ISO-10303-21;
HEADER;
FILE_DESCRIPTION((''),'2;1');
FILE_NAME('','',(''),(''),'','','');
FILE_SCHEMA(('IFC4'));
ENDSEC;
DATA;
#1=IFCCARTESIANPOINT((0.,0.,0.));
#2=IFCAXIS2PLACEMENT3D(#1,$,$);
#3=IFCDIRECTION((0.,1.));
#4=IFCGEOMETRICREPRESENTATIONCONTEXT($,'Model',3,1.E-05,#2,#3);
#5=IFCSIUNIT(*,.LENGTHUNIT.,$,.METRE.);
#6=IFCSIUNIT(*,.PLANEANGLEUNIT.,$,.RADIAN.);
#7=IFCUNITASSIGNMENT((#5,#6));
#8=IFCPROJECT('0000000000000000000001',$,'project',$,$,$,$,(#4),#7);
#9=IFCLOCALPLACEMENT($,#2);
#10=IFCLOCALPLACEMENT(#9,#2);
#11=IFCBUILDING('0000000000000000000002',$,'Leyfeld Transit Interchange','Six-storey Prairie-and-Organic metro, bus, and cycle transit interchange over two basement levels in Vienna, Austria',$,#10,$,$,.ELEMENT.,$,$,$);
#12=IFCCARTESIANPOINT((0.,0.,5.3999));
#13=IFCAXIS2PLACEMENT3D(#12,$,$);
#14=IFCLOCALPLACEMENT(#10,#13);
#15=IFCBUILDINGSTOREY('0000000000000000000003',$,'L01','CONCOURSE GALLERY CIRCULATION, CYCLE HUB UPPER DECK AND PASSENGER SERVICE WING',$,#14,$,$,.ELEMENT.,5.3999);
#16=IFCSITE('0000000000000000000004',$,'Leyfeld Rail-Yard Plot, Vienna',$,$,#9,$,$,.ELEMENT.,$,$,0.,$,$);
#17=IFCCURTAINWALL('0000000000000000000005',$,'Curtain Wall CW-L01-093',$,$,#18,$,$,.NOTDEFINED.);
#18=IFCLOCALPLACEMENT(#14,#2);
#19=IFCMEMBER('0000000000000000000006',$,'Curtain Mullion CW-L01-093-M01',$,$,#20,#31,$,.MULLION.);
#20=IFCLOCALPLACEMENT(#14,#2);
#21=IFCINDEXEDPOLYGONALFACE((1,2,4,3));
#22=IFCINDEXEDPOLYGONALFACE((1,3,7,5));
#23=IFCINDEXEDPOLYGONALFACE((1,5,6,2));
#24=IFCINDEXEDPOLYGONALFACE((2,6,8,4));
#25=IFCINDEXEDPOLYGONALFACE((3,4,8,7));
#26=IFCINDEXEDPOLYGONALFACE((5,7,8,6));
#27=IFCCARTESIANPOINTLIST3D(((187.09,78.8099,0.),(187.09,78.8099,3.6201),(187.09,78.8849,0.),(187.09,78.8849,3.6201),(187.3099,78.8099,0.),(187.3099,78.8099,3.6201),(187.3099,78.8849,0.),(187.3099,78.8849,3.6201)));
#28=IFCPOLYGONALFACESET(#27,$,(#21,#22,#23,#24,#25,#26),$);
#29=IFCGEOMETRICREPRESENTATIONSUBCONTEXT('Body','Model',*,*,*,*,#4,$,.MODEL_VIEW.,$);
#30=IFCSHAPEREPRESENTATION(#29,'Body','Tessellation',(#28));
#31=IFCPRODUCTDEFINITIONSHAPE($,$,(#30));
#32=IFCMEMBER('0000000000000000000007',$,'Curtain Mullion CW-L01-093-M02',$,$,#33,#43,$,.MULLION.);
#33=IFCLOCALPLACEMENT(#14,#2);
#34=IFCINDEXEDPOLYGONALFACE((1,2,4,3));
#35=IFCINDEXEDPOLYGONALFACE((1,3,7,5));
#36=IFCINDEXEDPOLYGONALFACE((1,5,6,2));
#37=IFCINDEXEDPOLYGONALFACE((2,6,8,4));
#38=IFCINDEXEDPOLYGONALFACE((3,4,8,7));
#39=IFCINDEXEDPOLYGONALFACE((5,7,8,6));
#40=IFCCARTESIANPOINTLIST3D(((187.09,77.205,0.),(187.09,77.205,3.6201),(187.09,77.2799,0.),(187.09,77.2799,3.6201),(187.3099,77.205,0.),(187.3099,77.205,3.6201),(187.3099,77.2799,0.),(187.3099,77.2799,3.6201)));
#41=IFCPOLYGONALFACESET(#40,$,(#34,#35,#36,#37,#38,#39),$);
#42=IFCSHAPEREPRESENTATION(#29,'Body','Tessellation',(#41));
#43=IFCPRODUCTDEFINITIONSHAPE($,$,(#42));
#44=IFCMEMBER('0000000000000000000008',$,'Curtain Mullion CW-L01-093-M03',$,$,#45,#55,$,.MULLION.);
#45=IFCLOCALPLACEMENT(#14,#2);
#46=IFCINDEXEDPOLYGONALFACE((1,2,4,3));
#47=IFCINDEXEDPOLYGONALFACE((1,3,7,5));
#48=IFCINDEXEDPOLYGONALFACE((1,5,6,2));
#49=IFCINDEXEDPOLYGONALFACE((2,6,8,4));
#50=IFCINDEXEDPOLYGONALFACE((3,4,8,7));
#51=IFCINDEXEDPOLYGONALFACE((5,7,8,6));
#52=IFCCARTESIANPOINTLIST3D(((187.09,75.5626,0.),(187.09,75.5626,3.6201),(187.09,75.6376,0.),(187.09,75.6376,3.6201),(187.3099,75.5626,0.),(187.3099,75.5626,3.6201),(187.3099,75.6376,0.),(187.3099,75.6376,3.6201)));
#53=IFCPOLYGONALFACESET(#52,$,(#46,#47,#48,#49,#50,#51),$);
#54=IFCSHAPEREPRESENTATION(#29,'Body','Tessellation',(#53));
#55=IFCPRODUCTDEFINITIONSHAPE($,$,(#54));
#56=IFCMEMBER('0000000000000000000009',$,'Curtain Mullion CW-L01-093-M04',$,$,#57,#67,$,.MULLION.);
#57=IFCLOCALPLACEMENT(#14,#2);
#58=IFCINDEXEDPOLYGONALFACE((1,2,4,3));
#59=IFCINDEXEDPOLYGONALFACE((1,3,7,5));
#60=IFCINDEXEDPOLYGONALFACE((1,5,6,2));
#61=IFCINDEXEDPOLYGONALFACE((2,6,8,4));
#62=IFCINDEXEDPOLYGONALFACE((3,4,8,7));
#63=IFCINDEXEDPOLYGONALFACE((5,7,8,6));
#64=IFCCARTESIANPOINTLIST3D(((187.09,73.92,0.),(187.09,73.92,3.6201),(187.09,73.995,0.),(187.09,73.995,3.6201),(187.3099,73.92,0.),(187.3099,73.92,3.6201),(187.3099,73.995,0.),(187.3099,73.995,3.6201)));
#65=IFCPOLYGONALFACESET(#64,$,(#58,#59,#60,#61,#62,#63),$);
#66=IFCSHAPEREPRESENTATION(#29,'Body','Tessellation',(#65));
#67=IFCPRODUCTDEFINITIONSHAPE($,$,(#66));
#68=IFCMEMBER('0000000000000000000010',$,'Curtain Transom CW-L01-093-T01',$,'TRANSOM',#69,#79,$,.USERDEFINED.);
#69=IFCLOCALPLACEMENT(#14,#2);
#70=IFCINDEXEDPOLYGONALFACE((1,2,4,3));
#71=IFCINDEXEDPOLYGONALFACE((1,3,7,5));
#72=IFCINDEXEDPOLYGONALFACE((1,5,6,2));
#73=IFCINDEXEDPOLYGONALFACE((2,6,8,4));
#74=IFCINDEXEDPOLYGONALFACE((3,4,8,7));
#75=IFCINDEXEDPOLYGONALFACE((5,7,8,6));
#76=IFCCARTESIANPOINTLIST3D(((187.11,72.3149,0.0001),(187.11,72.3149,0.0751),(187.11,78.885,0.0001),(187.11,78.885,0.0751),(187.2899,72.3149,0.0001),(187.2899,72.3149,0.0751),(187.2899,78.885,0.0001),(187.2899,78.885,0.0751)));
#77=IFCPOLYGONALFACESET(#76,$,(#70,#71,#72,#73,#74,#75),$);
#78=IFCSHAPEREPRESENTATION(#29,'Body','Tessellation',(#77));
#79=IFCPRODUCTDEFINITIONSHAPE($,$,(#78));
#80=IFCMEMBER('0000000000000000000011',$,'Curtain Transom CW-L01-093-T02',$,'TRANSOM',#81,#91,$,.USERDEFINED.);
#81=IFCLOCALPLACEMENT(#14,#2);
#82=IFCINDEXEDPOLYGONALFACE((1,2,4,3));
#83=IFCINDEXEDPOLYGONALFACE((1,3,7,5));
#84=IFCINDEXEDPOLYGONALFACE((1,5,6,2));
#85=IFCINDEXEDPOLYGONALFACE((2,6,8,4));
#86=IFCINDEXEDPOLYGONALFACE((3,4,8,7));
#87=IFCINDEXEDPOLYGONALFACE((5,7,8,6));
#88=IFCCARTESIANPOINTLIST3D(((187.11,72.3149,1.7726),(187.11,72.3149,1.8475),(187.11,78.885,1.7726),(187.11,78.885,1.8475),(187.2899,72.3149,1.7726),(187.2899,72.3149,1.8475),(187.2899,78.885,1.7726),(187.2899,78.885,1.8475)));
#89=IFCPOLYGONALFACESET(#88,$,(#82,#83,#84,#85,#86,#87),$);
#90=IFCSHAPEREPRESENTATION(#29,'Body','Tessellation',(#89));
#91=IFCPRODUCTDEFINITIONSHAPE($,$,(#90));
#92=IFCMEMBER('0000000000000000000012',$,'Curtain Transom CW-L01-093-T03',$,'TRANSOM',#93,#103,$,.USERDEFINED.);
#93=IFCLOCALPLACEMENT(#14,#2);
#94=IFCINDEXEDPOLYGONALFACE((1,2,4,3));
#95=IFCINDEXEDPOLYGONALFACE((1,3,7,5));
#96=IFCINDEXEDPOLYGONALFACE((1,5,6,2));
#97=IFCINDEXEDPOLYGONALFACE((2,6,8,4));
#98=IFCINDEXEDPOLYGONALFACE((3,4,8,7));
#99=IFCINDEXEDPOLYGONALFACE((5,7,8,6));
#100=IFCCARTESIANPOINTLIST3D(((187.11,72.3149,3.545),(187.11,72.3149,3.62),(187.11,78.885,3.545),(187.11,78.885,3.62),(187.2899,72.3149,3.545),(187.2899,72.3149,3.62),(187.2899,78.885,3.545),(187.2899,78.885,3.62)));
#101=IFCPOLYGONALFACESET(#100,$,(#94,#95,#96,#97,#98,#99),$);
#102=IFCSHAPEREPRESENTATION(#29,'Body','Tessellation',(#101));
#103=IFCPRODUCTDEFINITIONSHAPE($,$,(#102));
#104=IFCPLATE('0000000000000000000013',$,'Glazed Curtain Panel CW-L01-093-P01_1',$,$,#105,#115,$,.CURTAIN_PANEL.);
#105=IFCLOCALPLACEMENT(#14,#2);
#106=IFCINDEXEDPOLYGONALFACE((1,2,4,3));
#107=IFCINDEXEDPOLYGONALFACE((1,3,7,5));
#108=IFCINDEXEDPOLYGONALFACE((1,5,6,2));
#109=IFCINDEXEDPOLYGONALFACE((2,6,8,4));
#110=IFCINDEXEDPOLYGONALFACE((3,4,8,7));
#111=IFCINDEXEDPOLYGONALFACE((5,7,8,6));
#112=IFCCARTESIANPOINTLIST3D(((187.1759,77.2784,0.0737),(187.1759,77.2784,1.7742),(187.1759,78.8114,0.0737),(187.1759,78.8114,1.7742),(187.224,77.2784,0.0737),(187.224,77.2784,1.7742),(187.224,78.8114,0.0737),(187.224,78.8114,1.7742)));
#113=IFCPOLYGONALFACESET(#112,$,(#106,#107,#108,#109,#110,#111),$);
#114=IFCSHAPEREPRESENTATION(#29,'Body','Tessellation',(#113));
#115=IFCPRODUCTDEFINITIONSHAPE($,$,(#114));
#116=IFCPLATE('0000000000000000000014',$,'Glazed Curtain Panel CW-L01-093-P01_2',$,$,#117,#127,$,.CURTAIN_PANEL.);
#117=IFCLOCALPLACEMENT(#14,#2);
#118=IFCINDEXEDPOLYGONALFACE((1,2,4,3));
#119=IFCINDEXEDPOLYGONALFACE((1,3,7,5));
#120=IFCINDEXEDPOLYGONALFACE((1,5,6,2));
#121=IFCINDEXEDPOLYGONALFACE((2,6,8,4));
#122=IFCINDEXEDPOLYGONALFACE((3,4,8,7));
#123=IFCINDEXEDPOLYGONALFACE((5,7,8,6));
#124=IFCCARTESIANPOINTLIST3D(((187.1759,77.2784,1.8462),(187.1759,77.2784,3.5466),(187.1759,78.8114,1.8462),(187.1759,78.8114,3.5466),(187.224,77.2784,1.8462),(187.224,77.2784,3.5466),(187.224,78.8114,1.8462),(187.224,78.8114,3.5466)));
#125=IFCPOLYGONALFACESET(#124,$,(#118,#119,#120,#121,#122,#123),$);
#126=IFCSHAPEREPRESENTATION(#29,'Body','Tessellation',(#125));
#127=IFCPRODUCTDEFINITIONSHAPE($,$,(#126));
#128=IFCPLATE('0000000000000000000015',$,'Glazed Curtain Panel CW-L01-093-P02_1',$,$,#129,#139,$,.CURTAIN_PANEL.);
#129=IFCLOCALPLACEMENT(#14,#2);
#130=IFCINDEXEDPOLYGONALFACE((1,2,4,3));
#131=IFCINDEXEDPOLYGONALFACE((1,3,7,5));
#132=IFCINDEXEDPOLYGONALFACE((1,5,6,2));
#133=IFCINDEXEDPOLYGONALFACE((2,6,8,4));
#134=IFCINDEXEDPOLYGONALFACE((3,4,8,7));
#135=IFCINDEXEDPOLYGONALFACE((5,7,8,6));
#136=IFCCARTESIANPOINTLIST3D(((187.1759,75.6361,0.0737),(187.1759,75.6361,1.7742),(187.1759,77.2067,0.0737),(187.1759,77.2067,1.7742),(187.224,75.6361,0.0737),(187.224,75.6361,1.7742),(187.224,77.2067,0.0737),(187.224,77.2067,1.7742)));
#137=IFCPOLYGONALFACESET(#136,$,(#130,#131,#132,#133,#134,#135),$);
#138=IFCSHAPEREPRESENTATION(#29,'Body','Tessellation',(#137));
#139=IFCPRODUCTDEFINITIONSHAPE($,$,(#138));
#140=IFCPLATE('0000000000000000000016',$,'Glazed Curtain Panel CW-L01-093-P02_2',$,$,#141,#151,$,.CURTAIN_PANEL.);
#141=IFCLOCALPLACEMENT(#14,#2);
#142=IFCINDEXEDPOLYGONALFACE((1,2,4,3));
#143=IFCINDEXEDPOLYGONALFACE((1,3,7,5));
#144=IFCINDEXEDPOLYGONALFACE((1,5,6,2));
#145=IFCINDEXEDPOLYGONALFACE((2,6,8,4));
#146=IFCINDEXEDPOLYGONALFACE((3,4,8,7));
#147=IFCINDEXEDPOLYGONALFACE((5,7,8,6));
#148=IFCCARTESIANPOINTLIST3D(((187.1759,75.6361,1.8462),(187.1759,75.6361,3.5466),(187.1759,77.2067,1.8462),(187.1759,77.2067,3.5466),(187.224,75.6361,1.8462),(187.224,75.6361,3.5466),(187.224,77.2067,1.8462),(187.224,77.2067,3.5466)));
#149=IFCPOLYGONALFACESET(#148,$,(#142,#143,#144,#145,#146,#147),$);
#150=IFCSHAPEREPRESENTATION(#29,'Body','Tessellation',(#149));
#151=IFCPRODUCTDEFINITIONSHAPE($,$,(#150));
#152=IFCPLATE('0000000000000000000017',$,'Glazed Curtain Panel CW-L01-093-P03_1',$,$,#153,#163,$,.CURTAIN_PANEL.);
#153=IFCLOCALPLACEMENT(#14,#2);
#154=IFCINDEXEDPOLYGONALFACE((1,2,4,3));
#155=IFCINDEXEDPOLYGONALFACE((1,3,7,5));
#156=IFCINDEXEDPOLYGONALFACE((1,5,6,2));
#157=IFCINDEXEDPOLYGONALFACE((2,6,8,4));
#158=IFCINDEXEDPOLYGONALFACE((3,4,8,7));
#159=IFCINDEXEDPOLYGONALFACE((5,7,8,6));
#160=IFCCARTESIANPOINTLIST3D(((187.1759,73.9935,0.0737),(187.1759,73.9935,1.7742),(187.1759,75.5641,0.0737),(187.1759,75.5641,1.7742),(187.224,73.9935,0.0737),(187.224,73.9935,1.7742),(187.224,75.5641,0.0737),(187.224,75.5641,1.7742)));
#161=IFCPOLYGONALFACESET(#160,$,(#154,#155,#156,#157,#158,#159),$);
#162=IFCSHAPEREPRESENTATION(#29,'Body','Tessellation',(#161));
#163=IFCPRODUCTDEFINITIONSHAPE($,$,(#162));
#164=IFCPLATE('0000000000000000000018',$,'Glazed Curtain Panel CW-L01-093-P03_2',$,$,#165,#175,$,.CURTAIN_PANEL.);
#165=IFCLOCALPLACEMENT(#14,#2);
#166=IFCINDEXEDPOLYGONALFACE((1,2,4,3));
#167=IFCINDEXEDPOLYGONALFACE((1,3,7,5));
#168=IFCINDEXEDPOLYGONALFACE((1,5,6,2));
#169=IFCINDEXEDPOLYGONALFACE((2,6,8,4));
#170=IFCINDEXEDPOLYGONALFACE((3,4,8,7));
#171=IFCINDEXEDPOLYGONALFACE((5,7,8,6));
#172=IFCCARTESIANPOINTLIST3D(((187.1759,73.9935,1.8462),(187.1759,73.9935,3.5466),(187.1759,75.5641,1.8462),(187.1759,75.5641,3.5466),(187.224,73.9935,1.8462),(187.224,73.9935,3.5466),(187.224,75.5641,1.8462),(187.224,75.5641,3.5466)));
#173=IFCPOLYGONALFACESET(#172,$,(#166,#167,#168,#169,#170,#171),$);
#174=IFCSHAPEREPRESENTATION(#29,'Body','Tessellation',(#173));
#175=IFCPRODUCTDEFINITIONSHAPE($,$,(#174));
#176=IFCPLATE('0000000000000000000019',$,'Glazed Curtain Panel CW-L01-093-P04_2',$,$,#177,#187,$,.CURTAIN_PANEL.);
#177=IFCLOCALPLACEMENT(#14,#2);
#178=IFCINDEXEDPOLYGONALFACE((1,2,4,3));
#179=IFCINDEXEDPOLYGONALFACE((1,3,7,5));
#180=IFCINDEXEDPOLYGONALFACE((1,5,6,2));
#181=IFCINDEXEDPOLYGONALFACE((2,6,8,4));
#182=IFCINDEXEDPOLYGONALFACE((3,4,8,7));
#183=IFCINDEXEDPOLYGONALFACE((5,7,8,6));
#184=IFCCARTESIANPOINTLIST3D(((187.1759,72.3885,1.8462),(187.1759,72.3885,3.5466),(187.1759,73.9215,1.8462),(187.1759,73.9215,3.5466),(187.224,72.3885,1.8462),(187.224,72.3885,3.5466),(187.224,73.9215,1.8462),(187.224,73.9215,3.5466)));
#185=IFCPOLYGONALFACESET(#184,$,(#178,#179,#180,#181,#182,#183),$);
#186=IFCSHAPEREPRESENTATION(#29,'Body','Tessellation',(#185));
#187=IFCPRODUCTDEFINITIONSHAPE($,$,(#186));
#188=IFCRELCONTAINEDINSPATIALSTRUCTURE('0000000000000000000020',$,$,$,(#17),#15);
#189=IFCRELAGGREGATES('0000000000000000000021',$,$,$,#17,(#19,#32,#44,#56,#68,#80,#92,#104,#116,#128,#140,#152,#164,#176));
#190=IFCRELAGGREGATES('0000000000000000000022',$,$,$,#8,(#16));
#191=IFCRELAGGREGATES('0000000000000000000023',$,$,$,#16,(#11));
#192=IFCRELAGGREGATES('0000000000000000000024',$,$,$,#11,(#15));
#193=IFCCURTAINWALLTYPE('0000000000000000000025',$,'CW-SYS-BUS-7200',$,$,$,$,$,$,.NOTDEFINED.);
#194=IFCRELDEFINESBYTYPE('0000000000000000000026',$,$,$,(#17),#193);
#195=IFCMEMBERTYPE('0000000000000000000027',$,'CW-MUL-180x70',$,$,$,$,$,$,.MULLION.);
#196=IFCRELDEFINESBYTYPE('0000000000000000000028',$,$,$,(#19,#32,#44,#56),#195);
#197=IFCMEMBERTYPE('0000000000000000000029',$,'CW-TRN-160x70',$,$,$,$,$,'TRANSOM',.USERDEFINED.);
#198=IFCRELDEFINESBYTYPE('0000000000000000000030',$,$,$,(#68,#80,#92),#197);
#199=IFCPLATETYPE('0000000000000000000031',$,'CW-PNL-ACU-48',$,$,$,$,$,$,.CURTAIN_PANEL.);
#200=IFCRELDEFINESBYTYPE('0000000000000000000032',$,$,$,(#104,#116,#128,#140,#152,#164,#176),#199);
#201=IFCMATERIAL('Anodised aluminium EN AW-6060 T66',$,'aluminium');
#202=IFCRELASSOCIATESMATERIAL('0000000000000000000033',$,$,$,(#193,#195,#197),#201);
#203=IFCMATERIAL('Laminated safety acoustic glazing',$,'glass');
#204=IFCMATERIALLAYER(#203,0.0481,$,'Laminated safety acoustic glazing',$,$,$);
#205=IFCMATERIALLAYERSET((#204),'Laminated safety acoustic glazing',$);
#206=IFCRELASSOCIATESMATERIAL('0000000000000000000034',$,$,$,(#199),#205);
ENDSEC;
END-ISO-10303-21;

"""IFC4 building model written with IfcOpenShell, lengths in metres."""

from ifc_helpers import new_model, si_unit, direction, frame, origin, origin_2d, place, context, subcontext, project, spatial, rectangle, extrude, material, layer, layer_set, material_profile, profile_set, type_object, element, aggregate, save


model = new_model("IFC4")

# Units and contexts
model_context = context("Model", 3, precision=1e-05, world=origin(), true_north=direction((0.0, 1.0)))
body_context = subcontext(model_context, "Body", "Model", "MODEL_VIEW")
ifc_project = project(units=[si_unit("LENGTHUNIT", "METRE"), si_unit("PLANEANGLEUNIT", "RADIAN")], contexts=[model_context])

# Site, building, storey
site_placement = place(None, origin())
site = spatial("IfcSite", under=ifc_project, at=site_placement, Name="Leyfeld Rail-Yard Plot, Vienna", CompositionType="ELEMENT", RefElevation=0.0)
building_placement = place(site_placement, origin())
building = spatial("IfcBuilding", under=site, at=building_placement, Name="Leyfeld Transit Interchange", Description="Six-storey Prairie-and-Organic metro, bus, and cycle transit interchange over two basement levels in Vienna, Austria", CompositionType="ELEMENT")
storey_placement = place(building_placement, frame((0.0, 0.0, 5.3999)))
storey = spatial("IfcBuildingStorey", under=building, at=storey_placement, Name="L01", Description="CONCOURSE GALLERY CIRCULATION, CYCLE HUB UPPER DECK AND PASSENGER SERVICE WING", CompositionType="ELEMENT", Elevation=5.3999)

# Curtain wall, members, plates
ifc_material_1 = material(Name="Anodised aluminium EN AW-6060 T66", Category="aluminium")
curtain_wall_type = type_object("IfcCurtainWallType", Name="CW-SYS-BUS-7200", PredefinedType="NOTDEFINED", material=ifc_material_1)
curtain_wall_placement = place(storey_placement, origin())
curtain_wall = element("IfcCurtainWall", 1, at=curtain_wall_placement, inside=storey, type_object=curtain_wall_type, Name="Curtain Wall CW-L01-093", PredefinedType="NOTDEFINED")
ifc_material_profile_1 = material_profile(ifc_material_1, rectangle(XDim=0.075, YDim=0.22, at=origin_2d()), Name="CW-M 75x220")
ifc_profile_set_1 = profile_set([ifc_material_profile_1], Name="Anodised aluminium EN AW-6060 T66")
member_type_1 = type_object("IfcMemberType", Name="CW-MUL-180x70", PredefinedType="MULLION", material=ifc_profile_set_1)
member_1_placement = place(storey_placement, frame((187.2, 78.8474, 0.0), z_axis=(0.0, 0.0, 1.0), x_axis=(0.0, -1.0, 0.0)))
member_1 = element("IfcMember", 2, at=member_1_placement, type_object=member_type_1, Name="Curtain Mullion CW-L01-093-M01", PredefinedType="MULLION", context=body_context, shape_type="SweptSolid", body=[
    extrude(rectangle(XDim=0.075, YDim=0.22, at=origin_2d()), origin(), (0.0, 0.0, 1.0), 3.6201),
])
member_2_placement = place(storey_placement, frame((187.2, 77.2424, 0.0), z_axis=(0.0, 0.0, 1.0), x_axis=(0.0, -1.0, 0.0)))
member_2 = element("IfcMember", 3, at=member_2_placement, type_object=member_type_1, Name="Curtain Mullion CW-L01-093-M02", PredefinedType="MULLION", context=body_context, shape_type="SweptSolid", body=[
    extrude(rectangle(XDim=0.075, YDim=0.22, at=origin_2d()), origin(), (0.0, 0.0, 1.0), 3.6201),
])
member_3_placement = place(storey_placement, frame((187.2, 75.6001, 0.0), z_axis=(0.0, 0.0, 1.0), x_axis=(0.0, -1.0, 0.0)))
member_3 = element("IfcMember", 4, at=member_3_placement, type_object=member_type_1, Name="Curtain Mullion CW-L01-093-M03", PredefinedType="MULLION", context=body_context, shape_type="SweptSolid", body=[
    extrude(rectangle(XDim=0.075, YDim=0.22, at=origin_2d()), origin(), (0.0, 0.0, 1.0), 3.6201),
])
member_4_placement = place(storey_placement, frame((187.2, 73.9575, 0.0), z_axis=(0.0, 0.0, 1.0), x_axis=(0.0, -1.0, 0.0)))
member_4 = element("IfcMember", 5, at=member_4_placement, type_object=member_type_1, Name="Curtain Mullion CW-L01-093-M04", PredefinedType="MULLION", context=body_context, shape_type="SweptSolid", body=[
    extrude(rectangle(XDim=0.075, YDim=0.22, at=origin_2d()), origin(), (0.0, 0.0, 1.0), 3.6201),
])
ifc_material_profile_2 = material_profile(ifc_material_1, rectangle(XDim=0.1799, YDim=0.075, at=origin_2d()), Name="CW-TRN-160x70")
ifc_profile_set_2 = profile_set([ifc_material_profile_2], Name="Anodised aluminium EN AW-6060 T66")
member_type_2 = type_object("IfcMemberType", Name="CW-TRN-160x70", ElementType="TRANSOM", PredefinedType="USERDEFINED", material=ifc_profile_set_2)
member_5_placement = place(storey_placement, frame((187.2, 78.885, 0.0376), z_axis=(0.0, -1.0, 0.0), x_axis=(1.0, 0.0, 0.0)))
member_5 = element("IfcMember", 6, at=member_5_placement, type_object=member_type_2, Name="Curtain Transom CW-L01-093-T01", ObjectType="TRANSOM", PredefinedType="USERDEFINED", context=body_context, shape_type="SweptSolid", body=[
    extrude(rectangle(XDim=0.1799, YDim=0.075, at=origin_2d()), origin(), (0.0, 0.0, 1.0), 6.5701),
])
member_6_placement = place(storey_placement, frame((187.2, 78.885, 1.8101), z_axis=(0.0, -1.0, 0.0), x_axis=(1.0, 0.0, 0.0)))
member_6 = element("IfcMember", 7, at=member_6_placement, type_object=member_type_2, Name="Curtain Transom CW-L01-093-T02", ObjectType="TRANSOM", PredefinedType="USERDEFINED", context=body_context, shape_type="SweptSolid", body=[
    extrude(rectangle(XDim=0.1799, YDim=0.075, at=origin_2d()), origin(), (0.0, 0.0, 1.0), 6.5701),
])
member_7_placement = place(storey_placement, frame((187.2, 78.885, 3.5825), z_axis=(0.0, -1.0, 0.0), x_axis=(1.0, 0.0, 0.0)))
member_7 = element("IfcMember", 8, at=member_7_placement, type_object=member_type_2, Name="Curtain Transom CW-L01-093-T03", ObjectType="TRANSOM", PredefinedType="USERDEFINED", context=body_context, shape_type="SweptSolid", body=[
    extrude(rectangle(XDim=0.1799, YDim=0.075, at=origin_2d()), origin(), (0.0, 0.0, 1.0), 6.5701),
])
ifc_material_2 = material(Name="Laminated safety acoustic glazing", Category="glass")
ifc_layer = layer(ifc_material_2, 0.0481, Name="Laminated safety acoustic glazing")
ifc_layer_set = layer_set([ifc_layer], Name="Laminated safety acoustic glazing")
plate_type = type_object("IfcPlateType", Name="CW-PNL-ACU-48", PredefinedType="CURTAIN_PANEL", material=ifc_layer_set)
plate_1_placement = place(storey_placement, frame((187.2, 78.0449, 0.0737), z_axis=(0.0, 0.0, 1.0), x_axis=(0.0, -1.0, 0.0)))
plate_1 = element("IfcPlate", 9, at=plate_1_placement, type_object=plate_type, Name="Glazed Curtain Panel CW-L01-093-P01_1", PredefinedType="CURTAIN_PANEL", context=body_context, shape_type="SweptSolid", body=[
    extrude(rectangle(XDim=1.533, YDim=0.0481, at=origin_2d()), origin(), (0.0, 0.0, 1.0), 1.7004),
])
plate_2_placement = place(storey_placement, frame((187.2, 78.0449, 1.8462), z_axis=(0.0, 0.0, 1.0), x_axis=(0.0, -1.0, 0.0)))
plate_2 = element("IfcPlate", 10, at=plate_2_placement, type_object=plate_type, Name="Glazed Curtain Panel CW-L01-093-P01_2", PredefinedType="CURTAIN_PANEL", context=body_context, shape_type="SweptSolid", body=[
    extrude(rectangle(XDim=1.533, YDim=0.0481, at=origin_2d()), origin(), (0.0, 0.0, 1.0), 1.7004),
])
plate_3_placement = place(storey_placement, frame((187.2, 76.4214, 0.0737), z_axis=(0.0, 0.0, 1.0), x_axis=(0.0, -1.0, 0.0)))
plate_3 = element("IfcPlate", 11, at=plate_3_placement, type_object=plate_type, Name="Glazed Curtain Panel CW-L01-093-P02_1", PredefinedType="CURTAIN_PANEL", context=body_context, shape_type="SweptSolid", body=[
    extrude(rectangle(XDim=1.5706, YDim=0.0481, at=origin_2d()), origin(), (0.0, 0.0, 1.0), 1.7004),
])
plate_4_placement = place(storey_placement, frame((187.2, 76.4214, 1.8462), z_axis=(0.0, 0.0, 1.0), x_axis=(0.0, -1.0, 0.0)))
plate_4 = element("IfcPlate", 12, at=plate_4_placement, type_object=plate_type, Name="Glazed Curtain Panel CW-L01-093-P02_2", PredefinedType="CURTAIN_PANEL", context=body_context, shape_type="SweptSolid", body=[
    extrude(rectangle(XDim=1.5706, YDim=0.0481, at=origin_2d()), origin(), (0.0, 0.0, 1.0), 1.7004),
])
plate_5_placement = place(storey_placement, frame((187.2, 74.7788, 0.0737), z_axis=(0.0, 0.0, 1.0), x_axis=(0.0, -1.0, 0.0)))
plate_5 = element("IfcPlate", 13, at=plate_5_placement, type_object=plate_type, Name="Glazed Curtain Panel CW-L01-093-P03_1", PredefinedType="CURTAIN_PANEL", context=body_context, shape_type="SweptSolid", body=[
    extrude(rectangle(XDim=1.5706, YDim=0.0481, at=origin_2d()), origin(), (0.0, 0.0, 1.0), 1.7004),
])
plate_6_placement = place(storey_placement, frame((187.2, 74.7788, 1.8462), z_axis=(0.0, 0.0, 1.0), x_axis=(0.0, -1.0, 0.0)))
plate_6 = element("IfcPlate", 14, at=plate_6_placement, type_object=plate_type, Name="Glazed Curtain Panel CW-L01-093-P03_2", PredefinedType="CURTAIN_PANEL", context=body_context, shape_type="SweptSolid", body=[
    extrude(rectangle(XDim=1.5706, YDim=0.0481, at=origin_2d()), origin(), (0.0, 0.0, 1.0), 1.7004),
])
plate_7_placement = place(storey_placement, frame((187.2, 73.155, 1.8462), z_axis=(0.0, 0.0, 1.0), x_axis=(0.0, -1.0, 0.0)))
plate_7 = element("IfcPlate", 15, at=plate_7_placement, type_object=plate_type, Name="Glazed Curtain Panel CW-L01-093-P04_2", PredefinedType="CURTAIN_PANEL", context=body_context, shape_type="SweptSolid", body=[
    extrude(rectangle(XDim=1.533, YDim=0.0481, at=origin_2d()), origin(), (0.0, 0.0, 1.0), 1.7004),
])
aggregate(curtain_wall, [member_1, member_2, member_3, member_4, member_5, member_6, member_7, plate_1, plate_2, plate_3, plate_4, plate_5, plate_6, plate_7])

save(model, "model.ifc")
